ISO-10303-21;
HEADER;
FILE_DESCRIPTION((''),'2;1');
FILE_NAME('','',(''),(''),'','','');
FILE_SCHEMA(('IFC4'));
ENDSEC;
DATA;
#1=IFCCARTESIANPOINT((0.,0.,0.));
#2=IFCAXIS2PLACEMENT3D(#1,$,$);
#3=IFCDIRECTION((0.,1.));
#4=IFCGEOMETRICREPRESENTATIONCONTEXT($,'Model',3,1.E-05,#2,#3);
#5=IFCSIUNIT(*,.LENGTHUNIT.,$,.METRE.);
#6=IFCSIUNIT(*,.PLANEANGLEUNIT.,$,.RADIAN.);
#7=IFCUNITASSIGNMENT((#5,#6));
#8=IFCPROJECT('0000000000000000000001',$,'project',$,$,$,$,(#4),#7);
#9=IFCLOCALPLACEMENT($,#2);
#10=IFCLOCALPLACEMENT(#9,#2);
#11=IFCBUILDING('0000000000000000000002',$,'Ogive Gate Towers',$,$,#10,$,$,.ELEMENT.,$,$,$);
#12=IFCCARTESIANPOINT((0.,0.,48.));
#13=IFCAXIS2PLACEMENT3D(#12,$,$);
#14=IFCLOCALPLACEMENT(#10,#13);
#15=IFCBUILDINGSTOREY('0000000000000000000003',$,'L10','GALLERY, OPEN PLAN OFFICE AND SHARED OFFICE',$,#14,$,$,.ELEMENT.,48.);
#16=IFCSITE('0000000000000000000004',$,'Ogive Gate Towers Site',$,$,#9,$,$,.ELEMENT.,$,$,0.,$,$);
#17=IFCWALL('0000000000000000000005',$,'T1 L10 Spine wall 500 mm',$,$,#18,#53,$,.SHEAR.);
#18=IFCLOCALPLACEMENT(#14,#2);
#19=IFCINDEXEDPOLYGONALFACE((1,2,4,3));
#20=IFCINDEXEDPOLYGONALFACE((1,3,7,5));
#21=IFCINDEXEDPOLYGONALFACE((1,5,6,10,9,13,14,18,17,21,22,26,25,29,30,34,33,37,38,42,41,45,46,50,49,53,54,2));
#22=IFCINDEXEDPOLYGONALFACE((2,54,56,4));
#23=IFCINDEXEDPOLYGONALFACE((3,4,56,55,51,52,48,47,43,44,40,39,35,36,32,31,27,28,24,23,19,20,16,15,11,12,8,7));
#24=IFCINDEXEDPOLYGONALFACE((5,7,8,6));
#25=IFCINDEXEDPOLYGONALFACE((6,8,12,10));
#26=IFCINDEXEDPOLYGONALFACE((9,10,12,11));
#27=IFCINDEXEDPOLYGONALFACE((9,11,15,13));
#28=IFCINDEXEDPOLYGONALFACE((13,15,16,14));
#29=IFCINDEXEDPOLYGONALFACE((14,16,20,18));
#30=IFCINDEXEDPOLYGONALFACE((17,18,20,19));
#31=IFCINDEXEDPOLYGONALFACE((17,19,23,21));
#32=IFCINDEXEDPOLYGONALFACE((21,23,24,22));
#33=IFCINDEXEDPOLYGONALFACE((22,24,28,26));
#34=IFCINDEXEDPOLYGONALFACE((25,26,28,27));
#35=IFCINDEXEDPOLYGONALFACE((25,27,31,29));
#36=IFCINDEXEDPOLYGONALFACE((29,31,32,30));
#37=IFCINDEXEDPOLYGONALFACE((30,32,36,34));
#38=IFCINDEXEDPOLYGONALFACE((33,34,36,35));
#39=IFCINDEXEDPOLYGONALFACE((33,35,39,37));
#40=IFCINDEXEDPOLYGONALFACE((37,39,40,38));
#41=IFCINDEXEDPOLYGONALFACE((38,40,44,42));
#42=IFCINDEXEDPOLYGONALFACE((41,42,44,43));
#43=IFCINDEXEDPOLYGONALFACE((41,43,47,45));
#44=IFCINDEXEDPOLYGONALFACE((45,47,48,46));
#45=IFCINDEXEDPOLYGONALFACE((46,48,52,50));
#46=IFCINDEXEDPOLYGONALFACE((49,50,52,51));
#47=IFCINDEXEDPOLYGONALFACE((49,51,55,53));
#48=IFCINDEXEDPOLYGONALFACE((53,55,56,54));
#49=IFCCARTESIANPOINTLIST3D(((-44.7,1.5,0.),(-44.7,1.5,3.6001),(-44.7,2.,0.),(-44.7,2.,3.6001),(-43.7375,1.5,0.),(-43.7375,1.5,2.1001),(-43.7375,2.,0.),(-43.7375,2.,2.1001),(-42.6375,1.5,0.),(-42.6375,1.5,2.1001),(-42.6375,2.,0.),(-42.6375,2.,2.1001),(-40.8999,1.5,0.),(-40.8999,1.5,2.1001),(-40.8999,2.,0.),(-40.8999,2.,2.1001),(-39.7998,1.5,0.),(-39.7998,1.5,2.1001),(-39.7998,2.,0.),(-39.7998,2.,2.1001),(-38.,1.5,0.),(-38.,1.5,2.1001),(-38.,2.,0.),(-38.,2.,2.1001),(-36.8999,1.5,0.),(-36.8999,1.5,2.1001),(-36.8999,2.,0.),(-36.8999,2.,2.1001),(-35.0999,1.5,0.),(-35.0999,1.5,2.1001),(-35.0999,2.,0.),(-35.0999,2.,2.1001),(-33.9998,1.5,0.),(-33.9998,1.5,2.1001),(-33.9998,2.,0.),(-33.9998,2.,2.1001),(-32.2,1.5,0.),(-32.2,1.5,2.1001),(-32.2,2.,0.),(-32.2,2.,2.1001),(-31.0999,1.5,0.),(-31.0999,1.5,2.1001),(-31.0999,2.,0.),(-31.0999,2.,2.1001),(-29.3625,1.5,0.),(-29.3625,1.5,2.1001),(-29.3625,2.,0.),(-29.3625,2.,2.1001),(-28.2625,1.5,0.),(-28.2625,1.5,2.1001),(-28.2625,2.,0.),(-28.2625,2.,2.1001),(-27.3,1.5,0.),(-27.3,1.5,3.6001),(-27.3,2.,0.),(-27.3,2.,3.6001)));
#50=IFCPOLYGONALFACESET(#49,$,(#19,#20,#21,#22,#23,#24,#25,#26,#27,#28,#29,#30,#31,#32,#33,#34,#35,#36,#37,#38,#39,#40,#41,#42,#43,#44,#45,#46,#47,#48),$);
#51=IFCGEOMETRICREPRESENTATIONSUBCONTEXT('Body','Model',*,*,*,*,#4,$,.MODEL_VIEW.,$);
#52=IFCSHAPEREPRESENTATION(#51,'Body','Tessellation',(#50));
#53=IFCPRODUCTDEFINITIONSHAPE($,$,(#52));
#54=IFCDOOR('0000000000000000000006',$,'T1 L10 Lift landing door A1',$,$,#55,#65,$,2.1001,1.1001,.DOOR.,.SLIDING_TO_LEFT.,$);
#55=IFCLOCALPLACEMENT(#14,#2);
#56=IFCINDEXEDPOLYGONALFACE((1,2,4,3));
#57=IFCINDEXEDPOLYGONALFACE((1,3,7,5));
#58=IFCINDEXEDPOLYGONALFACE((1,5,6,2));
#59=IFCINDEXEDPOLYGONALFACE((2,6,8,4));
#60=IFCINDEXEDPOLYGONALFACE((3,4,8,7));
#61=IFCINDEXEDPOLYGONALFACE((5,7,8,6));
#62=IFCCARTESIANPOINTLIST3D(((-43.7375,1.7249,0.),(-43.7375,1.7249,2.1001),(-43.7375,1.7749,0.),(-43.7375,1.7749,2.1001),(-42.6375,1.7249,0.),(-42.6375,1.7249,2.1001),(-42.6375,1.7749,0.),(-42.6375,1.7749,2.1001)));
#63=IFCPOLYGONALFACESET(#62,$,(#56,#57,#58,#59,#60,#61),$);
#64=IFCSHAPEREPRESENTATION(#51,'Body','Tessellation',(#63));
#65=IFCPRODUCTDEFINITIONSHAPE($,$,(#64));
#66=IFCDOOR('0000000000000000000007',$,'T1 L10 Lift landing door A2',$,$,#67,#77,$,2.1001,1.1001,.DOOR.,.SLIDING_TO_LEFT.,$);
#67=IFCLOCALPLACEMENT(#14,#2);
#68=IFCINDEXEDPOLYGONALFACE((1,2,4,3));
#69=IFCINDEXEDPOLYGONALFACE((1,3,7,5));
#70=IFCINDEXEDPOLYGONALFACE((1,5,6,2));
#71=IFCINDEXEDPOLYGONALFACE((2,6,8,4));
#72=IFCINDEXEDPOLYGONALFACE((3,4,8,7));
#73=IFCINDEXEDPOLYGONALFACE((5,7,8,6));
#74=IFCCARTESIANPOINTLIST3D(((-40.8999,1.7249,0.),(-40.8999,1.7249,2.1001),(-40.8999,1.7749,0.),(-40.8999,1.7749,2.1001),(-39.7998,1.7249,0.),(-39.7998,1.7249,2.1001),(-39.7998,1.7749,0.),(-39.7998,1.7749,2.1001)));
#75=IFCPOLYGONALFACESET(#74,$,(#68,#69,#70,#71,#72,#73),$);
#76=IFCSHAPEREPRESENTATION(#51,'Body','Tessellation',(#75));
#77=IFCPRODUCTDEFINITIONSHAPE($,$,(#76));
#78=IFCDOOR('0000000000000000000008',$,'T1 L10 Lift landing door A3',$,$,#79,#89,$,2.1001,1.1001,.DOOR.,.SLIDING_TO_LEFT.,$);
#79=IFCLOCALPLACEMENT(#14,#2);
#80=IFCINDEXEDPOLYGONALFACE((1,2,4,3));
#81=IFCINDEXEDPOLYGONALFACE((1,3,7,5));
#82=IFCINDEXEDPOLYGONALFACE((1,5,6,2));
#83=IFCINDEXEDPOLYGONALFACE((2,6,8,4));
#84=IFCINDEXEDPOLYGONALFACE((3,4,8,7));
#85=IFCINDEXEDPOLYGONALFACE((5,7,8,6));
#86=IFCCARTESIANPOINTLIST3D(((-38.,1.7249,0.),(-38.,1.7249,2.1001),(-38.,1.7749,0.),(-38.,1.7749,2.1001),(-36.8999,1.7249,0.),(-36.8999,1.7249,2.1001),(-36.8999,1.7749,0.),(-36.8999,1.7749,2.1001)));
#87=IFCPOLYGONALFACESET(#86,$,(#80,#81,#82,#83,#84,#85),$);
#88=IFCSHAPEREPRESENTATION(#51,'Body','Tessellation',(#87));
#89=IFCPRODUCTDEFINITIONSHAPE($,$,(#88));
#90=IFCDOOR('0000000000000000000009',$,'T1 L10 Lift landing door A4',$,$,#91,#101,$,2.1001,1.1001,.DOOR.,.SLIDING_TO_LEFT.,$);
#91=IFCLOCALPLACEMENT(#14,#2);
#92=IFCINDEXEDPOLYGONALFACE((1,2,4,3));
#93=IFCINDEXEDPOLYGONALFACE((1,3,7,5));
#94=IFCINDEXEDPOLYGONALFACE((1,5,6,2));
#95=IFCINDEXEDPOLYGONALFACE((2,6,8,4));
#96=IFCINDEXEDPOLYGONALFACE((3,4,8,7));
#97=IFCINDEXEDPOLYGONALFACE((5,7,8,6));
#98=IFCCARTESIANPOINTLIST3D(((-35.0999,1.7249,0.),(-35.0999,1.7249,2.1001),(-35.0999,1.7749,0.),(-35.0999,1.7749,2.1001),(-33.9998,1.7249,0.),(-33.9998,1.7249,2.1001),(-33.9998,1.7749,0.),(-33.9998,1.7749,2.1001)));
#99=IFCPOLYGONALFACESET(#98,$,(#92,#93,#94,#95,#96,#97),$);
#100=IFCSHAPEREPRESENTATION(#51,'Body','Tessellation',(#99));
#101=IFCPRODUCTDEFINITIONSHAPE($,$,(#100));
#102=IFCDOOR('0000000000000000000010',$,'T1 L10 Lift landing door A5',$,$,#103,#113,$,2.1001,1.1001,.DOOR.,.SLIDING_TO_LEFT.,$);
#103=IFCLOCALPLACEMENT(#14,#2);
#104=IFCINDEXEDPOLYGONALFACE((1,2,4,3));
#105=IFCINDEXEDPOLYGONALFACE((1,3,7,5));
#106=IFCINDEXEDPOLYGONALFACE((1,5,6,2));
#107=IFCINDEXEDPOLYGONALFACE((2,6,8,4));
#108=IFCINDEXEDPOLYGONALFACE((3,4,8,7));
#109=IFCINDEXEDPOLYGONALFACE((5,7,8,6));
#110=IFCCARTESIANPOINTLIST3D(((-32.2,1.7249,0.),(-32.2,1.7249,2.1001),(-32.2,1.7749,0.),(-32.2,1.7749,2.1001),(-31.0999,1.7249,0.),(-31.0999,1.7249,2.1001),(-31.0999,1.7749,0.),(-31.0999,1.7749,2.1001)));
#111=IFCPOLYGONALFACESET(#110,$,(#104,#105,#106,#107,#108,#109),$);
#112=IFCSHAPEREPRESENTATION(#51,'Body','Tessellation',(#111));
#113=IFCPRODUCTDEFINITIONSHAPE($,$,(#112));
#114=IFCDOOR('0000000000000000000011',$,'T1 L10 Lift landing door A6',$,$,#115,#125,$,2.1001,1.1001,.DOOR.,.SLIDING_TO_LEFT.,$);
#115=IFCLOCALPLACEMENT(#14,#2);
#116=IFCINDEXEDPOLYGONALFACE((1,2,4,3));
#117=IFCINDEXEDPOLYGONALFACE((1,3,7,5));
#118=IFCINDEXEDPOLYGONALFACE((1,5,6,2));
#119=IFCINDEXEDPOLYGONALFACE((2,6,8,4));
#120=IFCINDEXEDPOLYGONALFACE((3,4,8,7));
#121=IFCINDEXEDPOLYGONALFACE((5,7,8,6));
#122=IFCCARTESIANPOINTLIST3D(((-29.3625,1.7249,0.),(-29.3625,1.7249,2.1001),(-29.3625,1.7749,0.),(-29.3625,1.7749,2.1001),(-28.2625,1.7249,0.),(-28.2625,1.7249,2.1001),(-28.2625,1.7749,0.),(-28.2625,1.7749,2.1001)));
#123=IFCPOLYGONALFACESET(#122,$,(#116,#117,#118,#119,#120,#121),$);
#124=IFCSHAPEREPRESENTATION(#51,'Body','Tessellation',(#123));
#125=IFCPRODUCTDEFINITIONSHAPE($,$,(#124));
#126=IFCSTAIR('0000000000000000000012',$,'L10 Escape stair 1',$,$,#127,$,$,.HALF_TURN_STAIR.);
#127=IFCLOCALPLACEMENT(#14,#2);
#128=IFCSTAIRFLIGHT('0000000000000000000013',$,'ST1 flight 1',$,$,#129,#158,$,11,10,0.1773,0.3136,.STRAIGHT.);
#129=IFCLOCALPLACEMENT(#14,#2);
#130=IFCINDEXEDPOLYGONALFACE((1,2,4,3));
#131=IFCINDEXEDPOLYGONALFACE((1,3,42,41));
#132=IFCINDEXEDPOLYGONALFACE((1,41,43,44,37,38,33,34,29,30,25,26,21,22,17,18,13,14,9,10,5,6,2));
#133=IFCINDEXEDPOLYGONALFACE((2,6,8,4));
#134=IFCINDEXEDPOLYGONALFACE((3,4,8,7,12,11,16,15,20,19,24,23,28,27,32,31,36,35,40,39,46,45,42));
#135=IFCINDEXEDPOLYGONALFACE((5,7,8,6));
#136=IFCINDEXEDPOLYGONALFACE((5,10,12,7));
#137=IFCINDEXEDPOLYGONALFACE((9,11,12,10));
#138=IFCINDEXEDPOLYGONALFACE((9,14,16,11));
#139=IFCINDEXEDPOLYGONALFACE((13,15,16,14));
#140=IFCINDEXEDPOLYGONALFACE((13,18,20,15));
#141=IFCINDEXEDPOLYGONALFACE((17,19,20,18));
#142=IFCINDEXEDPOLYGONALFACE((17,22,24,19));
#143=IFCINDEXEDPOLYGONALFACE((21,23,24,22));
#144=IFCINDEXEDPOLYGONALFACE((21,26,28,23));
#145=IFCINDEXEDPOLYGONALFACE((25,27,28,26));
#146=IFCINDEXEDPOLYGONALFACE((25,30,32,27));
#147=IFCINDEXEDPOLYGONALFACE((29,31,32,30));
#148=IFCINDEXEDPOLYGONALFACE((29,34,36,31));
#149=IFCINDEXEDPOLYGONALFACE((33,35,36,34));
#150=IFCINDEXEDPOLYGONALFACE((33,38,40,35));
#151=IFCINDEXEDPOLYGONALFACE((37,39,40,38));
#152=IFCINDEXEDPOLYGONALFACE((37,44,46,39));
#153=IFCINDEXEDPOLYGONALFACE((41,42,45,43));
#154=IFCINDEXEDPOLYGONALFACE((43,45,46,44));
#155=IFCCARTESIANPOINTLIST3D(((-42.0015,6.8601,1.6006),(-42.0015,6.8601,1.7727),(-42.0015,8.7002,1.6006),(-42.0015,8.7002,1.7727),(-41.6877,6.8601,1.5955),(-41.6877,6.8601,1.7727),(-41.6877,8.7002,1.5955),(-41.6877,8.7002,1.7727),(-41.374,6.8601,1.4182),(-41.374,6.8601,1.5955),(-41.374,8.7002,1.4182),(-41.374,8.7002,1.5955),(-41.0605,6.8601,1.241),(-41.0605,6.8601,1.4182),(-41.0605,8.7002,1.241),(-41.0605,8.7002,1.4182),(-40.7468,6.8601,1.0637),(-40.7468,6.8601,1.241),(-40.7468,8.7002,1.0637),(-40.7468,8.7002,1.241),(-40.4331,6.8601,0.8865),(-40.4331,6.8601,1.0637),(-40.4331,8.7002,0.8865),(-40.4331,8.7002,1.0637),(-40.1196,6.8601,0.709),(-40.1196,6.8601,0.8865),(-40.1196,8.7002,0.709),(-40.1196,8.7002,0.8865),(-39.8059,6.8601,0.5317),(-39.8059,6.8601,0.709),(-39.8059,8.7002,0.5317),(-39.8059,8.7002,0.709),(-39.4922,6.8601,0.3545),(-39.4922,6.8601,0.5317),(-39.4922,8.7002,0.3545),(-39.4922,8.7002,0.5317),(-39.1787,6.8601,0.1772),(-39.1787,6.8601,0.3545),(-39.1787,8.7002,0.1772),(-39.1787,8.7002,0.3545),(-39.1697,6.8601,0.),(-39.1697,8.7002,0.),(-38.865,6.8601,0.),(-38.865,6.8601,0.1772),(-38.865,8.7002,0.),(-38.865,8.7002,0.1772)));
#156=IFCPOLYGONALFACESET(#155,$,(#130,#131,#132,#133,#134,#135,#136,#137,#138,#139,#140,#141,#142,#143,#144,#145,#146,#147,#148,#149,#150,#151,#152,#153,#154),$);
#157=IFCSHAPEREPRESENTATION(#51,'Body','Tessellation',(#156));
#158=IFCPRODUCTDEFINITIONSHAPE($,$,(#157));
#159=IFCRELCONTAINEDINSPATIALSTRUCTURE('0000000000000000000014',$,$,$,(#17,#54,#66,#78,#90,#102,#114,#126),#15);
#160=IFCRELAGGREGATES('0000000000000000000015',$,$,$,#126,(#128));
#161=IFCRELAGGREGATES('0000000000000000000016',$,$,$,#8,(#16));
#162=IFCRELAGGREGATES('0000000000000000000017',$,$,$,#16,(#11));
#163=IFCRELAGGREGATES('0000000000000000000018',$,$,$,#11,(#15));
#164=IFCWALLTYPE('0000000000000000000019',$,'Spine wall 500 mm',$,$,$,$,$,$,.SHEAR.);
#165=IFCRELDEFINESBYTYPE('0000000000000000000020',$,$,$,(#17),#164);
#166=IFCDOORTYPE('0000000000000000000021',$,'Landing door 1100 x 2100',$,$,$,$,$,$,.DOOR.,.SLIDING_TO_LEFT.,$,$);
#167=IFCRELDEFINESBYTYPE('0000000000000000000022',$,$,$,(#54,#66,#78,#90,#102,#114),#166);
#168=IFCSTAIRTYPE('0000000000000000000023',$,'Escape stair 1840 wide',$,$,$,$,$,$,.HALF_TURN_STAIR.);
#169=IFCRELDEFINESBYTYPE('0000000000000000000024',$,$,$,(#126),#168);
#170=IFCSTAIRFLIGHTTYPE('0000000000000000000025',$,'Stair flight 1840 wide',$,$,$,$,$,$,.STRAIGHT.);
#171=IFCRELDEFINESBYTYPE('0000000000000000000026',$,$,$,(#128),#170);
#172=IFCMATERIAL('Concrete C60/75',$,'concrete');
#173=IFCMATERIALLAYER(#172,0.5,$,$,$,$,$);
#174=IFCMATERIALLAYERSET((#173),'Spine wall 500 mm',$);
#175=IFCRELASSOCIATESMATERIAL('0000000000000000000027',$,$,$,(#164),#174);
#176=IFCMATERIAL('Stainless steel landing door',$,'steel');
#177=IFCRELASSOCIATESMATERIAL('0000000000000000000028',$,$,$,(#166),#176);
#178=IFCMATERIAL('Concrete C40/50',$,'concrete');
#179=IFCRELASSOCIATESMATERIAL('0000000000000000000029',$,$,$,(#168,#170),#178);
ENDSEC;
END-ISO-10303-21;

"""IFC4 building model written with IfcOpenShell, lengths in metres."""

from ifc_helpers import new_model, si_unit, direction, frame, frame_2d, origin, place, context, subcontext, project, spatial, polyline, rectangle, outline, extrude, material, layer, layer_set, type_object, element, fill, aggregate, save


model = new_model("IFC4")

# Units and contexts
model_context = context("Model", 3, precision=1e-05, world=origin(), true_north=direction((0.0, 1.0)))
body_context = subcontext(model_context, "Body", "Model", "MODEL_VIEW")
ifc_project = project(units=[si_unit("LENGTHUNIT", "METRE"), si_unit("PLANEANGLEUNIT", "RADIAN")], contexts=[model_context])

# Site, building, storey
site_placement = place(None, origin())
site = spatial("IfcSite", under=ifc_project, at=site_placement, Name="Ogive Gate Towers Site", CompositionType="ELEMENT", RefElevation=0.0)
building_placement = place(site_placement, origin())
building = spatial("IfcBuilding", under=site, at=building_placement, Name="Ogive Gate Towers", CompositionType="ELEMENT")
storey_placement = place(building_placement, frame((0.0, 0.0, 48.0)))
storey = spatial("IfcBuildingStorey", under=building, at=storey_placement, Name="L10", Description="GALLERY, OPEN PLAN OFFICE AND SHARED OFFICE", CompositionType="ELEMENT", Elevation=48.0)

# Shared definitions
ifc_material_1 = material(Name="Concrete C60/75", Category="concrete")

# Wall, openings, doors
ifc_layer_1 = layer(ifc_material_1, 0.5)
ifc_layer_set_1 = layer_set([ifc_layer_1], Name="Spine wall 500 mm")
wall_type_1 = type_object("IfcWallType", Name="Spine wall 500 mm", PredefinedType="SHEAR", material=ifc_layer_set_1)
wall_1_placement = place(storey_placement, frame((-44.7, 1.75, 0.0), z_axis=(0.0, 0.0, 1.0), x_axis=(1.0, 0.0, 0.0)))
wall_1 = element("IfcWall", 1, at=wall_1_placement, inside=storey, type_object=wall_type_1, Name="T1 L10 Spine wall 500 mm", PredefinedType="SHEAR", context=body_context, shape_type="SweptSolid", body=[
    extrude(rectangle(XDim=17.3999, YDim=0.5, at=frame_2d((8.7, 0.0))), origin(), (0.0, 0.0, 1.0), 3.6001),
])
opening_1_placement = place(wall_1_placement, frame((0.9624, 0.0, 0.0)))
opening_1 = element("IfcOpeningElement", 2, at=opening_1_placement, cuts=wall_1, PredefinedType="OPENING", context=body_context, shape_type="SweptSolid", body=[
    extrude(rectangle(XDim=1.1001, YDim=2.1001, at=frame_2d((0.55, 1.05))), frame((0.0, 0.26, 0.0), z_axis=(0.0, -1.0, 0.0), x_axis=(1.0, 0.0, 0.0)), (0.0, 0.0, 1.0), 0.52),
])
opening_2_placement = place(wall_1_placement, frame((3.8, 0.0, 0.0)))
opening_2 = element("IfcOpeningElement", 3, at=opening_2_placement, cuts=wall_1, PredefinedType="OPENING", context=body_context, shape_type="SweptSolid", body=[
    extrude(rectangle(XDim=1.1001, YDim=2.1001, at=frame_2d((0.55, 1.05))), frame((0.0, 0.26, 0.0), z_axis=(0.0, -1.0, 0.0), x_axis=(1.0, 0.0, 0.0)), (0.0, 0.0, 1.0), 0.52),
])
opening_3_placement = place(wall_1_placement, frame((6.7, 0.0, 0.0)))
opening_3 = element("IfcOpeningElement", 4, at=opening_3_placement, cuts=wall_1, PredefinedType="OPENING", context=body_context, shape_type="SweptSolid", body=[
    extrude(rectangle(XDim=1.1001, YDim=2.1001, at=frame_2d((0.55, 1.05))), frame((0.0, 0.26, 0.0), z_axis=(0.0, -1.0, 0.0), x_axis=(1.0, 0.0, 0.0)), (0.0, 0.0, 1.0), 0.52),
])
opening_4_placement = place(wall_1_placement, frame((9.6001, 0.0, 0.0)))
opening_4 = element("IfcOpeningElement", 5, at=opening_4_placement, cuts=wall_1, PredefinedType="OPENING", context=body_context, shape_type="SweptSolid", body=[
    extrude(rectangle(XDim=1.1001, YDim=2.1001, at=frame_2d((0.55, 1.05))), frame((0.0, 0.26, 0.0), z_axis=(0.0, -1.0, 0.0), x_axis=(1.0, 0.0, 0.0)), (0.0, 0.0, 1.0), 0.52),
])
opening_5_placement = place(wall_1_placement, frame((12.5, 0.0, 0.0)))
opening_5 = element("IfcOpeningElement", 6, at=opening_5_placement, cuts=wall_1, PredefinedType="OPENING", context=body_context, shape_type="SweptSolid", body=[
    extrude(rectangle(XDim=1.1001, YDim=2.1001, at=frame_2d((0.55, 1.05))), frame((0.0, 0.26, 0.0), z_axis=(0.0, -1.0, 0.0), x_axis=(1.0, 0.0, 0.0)), (0.0, 0.0, 1.0), 0.52),
])
opening_6_placement = place(wall_1_placement, frame((15.3374, 0.0, 0.0)))
opening_6 = element("IfcOpeningElement", 7, at=opening_6_placement, cuts=wall_1, PredefinedType="OPENING", context=body_context, shape_type="SweptSolid", body=[
    extrude(rectangle(XDim=1.1001, YDim=2.1001, at=frame_2d((0.55, 1.05))), frame((0.0, 0.26, 0.0), z_axis=(0.0, -1.0, 0.0), x_axis=(1.0, 0.0, 0.0)), (0.0, 0.0, 1.0), 0.52),
])
ifc_material_2 = material(Name="Stainless steel landing door", Category="steel")
door_type_1 = type_object("IfcDoorType", Name="Landing door 1100 x 2100", OperationType="SLIDING_TO_LEFT", PredefinedType="DOOR", material=ifc_material_2)
door_1_placement = place(opening_1_placement, origin())
door_1 = element("IfcDoor", 8, at=door_1_placement, inside=storey, type_object=door_type_1, Name="T1 L10 Lift landing door A1", OperationType="SLIDING_TO_LEFT", OverallHeight=2.1001, OverallWidth=1.1001, PredefinedType="DOOR", context=body_context, shape_type="SweptSolid", body=[
    extrude(rectangle(XDim=1.1001, YDim=2.1001, at=frame_2d((0.55, 1.05))), frame((0.0, 0.0249, 0.0), z_axis=(0.0, -1.0, 0.0), x_axis=(1.0, 0.0, 0.0)), (0.0, 0.0, 1.0), 0.05),
])
fill(opening_1, door_1)
door_2_placement = place(opening_2_placement, origin())
door_2 = element("IfcDoor", 9, at=door_2_placement, inside=storey, type_object=door_type_1, Name="T1 L10 Lift landing door A2", OperationType="SLIDING_TO_LEFT", OverallHeight=2.1001, OverallWidth=1.1001, PredefinedType="DOOR", context=body_context, shape_type="SweptSolid", body=[
    extrude(rectangle(XDim=1.1001, YDim=2.1001, at=frame_2d((0.55, 1.05))), frame((0.0, 0.0249, 0.0), z_axis=(0.0, -1.0, 0.0), x_axis=(1.0, 0.0, 0.0)), (0.0, 0.0, 1.0), 0.05),
])
fill(opening_2, door_2)
door_3_placement = place(opening_3_placement, origin())
door_3 = element("IfcDoor", 10, at=door_3_placement, inside=storey, type_object=door_type_1, Name="T1 L10 Lift landing door A3", OperationType="SLIDING_TO_LEFT", OverallHeight=2.1001, OverallWidth=1.1001, PredefinedType="DOOR", context=body_context, shape_type="SweptSolid", body=[
    extrude(rectangle(XDim=1.1001, YDim=2.1001, at=frame_2d((0.55, 1.05))), frame((0.0, 0.0249, 0.0), z_axis=(0.0, -1.0, 0.0), x_axis=(1.0, 0.0, 0.0)), (0.0, 0.0, 1.0), 0.05),
])
fill(opening_3, door_3)
door_4_placement = place(opening_4_placement, origin())
door_4 = element("IfcDoor", 11, at=door_4_placement, inside=storey, type_object=door_type_1, Name="T1 L10 Lift landing door A4", OperationType="SLIDING_TO_LEFT", OverallHeight=2.1001, OverallWidth=1.1001, PredefinedType="DOOR", context=body_context, shape_type="SweptSolid", body=[
    extrude(rectangle(XDim=1.1001, YDim=2.1001, at=frame_2d((0.55, 1.05))), frame((0.0, 0.0249, 0.0), z_axis=(0.0, -1.0, 0.0), x_axis=(1.0, 0.0, 0.0)), (0.0, 0.0, 1.0), 0.05),
])
fill(opening_4, door_4)
door_5_placement = place(opening_5_placement, origin())
door_5 = element("IfcDoor", 12, at=door_5_placement, inside=storey, type_object=door_type_1, Name="T1 L10 Lift landing door A5", OperationType="SLIDING_TO_LEFT", OverallHeight=2.1001, OverallWidth=1.1001, PredefinedType="DOOR", context=body_context, shape_type="SweptSolid", body=[
    extrude(rectangle(XDim=1.1001, YDim=2.1001, at=frame_2d((0.55, 1.05))), frame((0.0, 0.0249, 0.0), z_axis=(0.0, -1.0, 0.0), x_axis=(1.0, 0.0, 0.0)), (0.0, 0.0, 1.0), 0.05),
])
fill(opening_5, door_5)
door_6_placement = place(opening_6_placement, origin())
door_6 = element("IfcDoor", 13, at=door_6_placement, inside=storey, type_object=door_type_1, Name="T1 L10 Lift landing door A6", OperationType="SLIDING_TO_LEFT", OverallHeight=2.1001, OverallWidth=1.1001, PredefinedType="DOOR", context=body_context, shape_type="SweptSolid", body=[
    extrude(rectangle(XDim=1.1001, YDim=2.1001, at=frame_2d((0.55, 1.05))), frame((0.0, 0.0249, 0.0), z_axis=(0.0, -1.0, 0.0), x_axis=(1.0, 0.0, 0.0)), (0.0, 0.0, 1.0), 0.05),
])
fill(opening_6, door_6)

# Stair, stair flight
ifc_material_3 = material(Name="Concrete C40/50", Category="concrete")
stair_type = type_object("IfcStairType", Name="Escape stair 1840 wide", PredefinedType="HALF_TURN_STAIR", material=ifc_material_3)
stair_placement = place(storey_placement, origin())
stair = element("IfcStair", 14, at=stair_placement, inside=storey, type_object=stair_type, Name="L10 Escape stair 1", PredefinedType="HALF_TURN_STAIR")
stair_flight_type = type_object("IfcStairFlightType", Name="Stair flight 1840 wide", PredefinedType="STRAIGHT", material=ifc_material_3)
stair_flight_1_placement = place(storey_placement, frame((-38.865, 7.78, 0.0), z_axis=(0.0, 0.0, 1.0), x_axis=(-1.0, 0.0, 0.0)))
stair_flight_1 = element("IfcStairFlight", 15, at=stair_flight_1_placement, type_object=stair_flight_type, Name="ST1 flight 1", NumberOfRisers=11, NumberOfTreads=10, PredefinedType="STRAIGHT", RiserHeight=0.1773, TreadLength=0.3136, context=body_context, shape_type="SweptSolid", body=[
    extrude(outline(polyline([(0.0, 0.0), (0.0, 0.1772), (0.3137, 0.1772), (0.3137, 0.3545), (0.6272, 0.3545), (0.6272, 0.5317), (0.9409, 0.5317), (0.9409, 0.709), (1.2546, 0.709), (1.2546, 0.8865), (1.5681, 0.8865), (1.5681, 1.0637), (1.8818, 1.0637), (1.8818, 1.241), (2.1956, 1.241), (2.1956, 1.4182), (2.509, 1.4182), (2.509, 1.5955), (2.8228, 1.5955), (2.8228, 1.7727), (3.1365, 1.7727), (3.1365, 1.95), (3.1365, 1.6006), (0.3047, 0.0), (0.0, 0.0)])), frame((0.0, 0.9199, 0.0), z_axis=(0.0, -1.0, 0.0), x_axis=(1.0, 0.0, 0.0)), (0.0, 0.0, 1.0), 1.8401),
])
aggregate(stair, [stair_flight_1])

save(model, "model.ifc")
